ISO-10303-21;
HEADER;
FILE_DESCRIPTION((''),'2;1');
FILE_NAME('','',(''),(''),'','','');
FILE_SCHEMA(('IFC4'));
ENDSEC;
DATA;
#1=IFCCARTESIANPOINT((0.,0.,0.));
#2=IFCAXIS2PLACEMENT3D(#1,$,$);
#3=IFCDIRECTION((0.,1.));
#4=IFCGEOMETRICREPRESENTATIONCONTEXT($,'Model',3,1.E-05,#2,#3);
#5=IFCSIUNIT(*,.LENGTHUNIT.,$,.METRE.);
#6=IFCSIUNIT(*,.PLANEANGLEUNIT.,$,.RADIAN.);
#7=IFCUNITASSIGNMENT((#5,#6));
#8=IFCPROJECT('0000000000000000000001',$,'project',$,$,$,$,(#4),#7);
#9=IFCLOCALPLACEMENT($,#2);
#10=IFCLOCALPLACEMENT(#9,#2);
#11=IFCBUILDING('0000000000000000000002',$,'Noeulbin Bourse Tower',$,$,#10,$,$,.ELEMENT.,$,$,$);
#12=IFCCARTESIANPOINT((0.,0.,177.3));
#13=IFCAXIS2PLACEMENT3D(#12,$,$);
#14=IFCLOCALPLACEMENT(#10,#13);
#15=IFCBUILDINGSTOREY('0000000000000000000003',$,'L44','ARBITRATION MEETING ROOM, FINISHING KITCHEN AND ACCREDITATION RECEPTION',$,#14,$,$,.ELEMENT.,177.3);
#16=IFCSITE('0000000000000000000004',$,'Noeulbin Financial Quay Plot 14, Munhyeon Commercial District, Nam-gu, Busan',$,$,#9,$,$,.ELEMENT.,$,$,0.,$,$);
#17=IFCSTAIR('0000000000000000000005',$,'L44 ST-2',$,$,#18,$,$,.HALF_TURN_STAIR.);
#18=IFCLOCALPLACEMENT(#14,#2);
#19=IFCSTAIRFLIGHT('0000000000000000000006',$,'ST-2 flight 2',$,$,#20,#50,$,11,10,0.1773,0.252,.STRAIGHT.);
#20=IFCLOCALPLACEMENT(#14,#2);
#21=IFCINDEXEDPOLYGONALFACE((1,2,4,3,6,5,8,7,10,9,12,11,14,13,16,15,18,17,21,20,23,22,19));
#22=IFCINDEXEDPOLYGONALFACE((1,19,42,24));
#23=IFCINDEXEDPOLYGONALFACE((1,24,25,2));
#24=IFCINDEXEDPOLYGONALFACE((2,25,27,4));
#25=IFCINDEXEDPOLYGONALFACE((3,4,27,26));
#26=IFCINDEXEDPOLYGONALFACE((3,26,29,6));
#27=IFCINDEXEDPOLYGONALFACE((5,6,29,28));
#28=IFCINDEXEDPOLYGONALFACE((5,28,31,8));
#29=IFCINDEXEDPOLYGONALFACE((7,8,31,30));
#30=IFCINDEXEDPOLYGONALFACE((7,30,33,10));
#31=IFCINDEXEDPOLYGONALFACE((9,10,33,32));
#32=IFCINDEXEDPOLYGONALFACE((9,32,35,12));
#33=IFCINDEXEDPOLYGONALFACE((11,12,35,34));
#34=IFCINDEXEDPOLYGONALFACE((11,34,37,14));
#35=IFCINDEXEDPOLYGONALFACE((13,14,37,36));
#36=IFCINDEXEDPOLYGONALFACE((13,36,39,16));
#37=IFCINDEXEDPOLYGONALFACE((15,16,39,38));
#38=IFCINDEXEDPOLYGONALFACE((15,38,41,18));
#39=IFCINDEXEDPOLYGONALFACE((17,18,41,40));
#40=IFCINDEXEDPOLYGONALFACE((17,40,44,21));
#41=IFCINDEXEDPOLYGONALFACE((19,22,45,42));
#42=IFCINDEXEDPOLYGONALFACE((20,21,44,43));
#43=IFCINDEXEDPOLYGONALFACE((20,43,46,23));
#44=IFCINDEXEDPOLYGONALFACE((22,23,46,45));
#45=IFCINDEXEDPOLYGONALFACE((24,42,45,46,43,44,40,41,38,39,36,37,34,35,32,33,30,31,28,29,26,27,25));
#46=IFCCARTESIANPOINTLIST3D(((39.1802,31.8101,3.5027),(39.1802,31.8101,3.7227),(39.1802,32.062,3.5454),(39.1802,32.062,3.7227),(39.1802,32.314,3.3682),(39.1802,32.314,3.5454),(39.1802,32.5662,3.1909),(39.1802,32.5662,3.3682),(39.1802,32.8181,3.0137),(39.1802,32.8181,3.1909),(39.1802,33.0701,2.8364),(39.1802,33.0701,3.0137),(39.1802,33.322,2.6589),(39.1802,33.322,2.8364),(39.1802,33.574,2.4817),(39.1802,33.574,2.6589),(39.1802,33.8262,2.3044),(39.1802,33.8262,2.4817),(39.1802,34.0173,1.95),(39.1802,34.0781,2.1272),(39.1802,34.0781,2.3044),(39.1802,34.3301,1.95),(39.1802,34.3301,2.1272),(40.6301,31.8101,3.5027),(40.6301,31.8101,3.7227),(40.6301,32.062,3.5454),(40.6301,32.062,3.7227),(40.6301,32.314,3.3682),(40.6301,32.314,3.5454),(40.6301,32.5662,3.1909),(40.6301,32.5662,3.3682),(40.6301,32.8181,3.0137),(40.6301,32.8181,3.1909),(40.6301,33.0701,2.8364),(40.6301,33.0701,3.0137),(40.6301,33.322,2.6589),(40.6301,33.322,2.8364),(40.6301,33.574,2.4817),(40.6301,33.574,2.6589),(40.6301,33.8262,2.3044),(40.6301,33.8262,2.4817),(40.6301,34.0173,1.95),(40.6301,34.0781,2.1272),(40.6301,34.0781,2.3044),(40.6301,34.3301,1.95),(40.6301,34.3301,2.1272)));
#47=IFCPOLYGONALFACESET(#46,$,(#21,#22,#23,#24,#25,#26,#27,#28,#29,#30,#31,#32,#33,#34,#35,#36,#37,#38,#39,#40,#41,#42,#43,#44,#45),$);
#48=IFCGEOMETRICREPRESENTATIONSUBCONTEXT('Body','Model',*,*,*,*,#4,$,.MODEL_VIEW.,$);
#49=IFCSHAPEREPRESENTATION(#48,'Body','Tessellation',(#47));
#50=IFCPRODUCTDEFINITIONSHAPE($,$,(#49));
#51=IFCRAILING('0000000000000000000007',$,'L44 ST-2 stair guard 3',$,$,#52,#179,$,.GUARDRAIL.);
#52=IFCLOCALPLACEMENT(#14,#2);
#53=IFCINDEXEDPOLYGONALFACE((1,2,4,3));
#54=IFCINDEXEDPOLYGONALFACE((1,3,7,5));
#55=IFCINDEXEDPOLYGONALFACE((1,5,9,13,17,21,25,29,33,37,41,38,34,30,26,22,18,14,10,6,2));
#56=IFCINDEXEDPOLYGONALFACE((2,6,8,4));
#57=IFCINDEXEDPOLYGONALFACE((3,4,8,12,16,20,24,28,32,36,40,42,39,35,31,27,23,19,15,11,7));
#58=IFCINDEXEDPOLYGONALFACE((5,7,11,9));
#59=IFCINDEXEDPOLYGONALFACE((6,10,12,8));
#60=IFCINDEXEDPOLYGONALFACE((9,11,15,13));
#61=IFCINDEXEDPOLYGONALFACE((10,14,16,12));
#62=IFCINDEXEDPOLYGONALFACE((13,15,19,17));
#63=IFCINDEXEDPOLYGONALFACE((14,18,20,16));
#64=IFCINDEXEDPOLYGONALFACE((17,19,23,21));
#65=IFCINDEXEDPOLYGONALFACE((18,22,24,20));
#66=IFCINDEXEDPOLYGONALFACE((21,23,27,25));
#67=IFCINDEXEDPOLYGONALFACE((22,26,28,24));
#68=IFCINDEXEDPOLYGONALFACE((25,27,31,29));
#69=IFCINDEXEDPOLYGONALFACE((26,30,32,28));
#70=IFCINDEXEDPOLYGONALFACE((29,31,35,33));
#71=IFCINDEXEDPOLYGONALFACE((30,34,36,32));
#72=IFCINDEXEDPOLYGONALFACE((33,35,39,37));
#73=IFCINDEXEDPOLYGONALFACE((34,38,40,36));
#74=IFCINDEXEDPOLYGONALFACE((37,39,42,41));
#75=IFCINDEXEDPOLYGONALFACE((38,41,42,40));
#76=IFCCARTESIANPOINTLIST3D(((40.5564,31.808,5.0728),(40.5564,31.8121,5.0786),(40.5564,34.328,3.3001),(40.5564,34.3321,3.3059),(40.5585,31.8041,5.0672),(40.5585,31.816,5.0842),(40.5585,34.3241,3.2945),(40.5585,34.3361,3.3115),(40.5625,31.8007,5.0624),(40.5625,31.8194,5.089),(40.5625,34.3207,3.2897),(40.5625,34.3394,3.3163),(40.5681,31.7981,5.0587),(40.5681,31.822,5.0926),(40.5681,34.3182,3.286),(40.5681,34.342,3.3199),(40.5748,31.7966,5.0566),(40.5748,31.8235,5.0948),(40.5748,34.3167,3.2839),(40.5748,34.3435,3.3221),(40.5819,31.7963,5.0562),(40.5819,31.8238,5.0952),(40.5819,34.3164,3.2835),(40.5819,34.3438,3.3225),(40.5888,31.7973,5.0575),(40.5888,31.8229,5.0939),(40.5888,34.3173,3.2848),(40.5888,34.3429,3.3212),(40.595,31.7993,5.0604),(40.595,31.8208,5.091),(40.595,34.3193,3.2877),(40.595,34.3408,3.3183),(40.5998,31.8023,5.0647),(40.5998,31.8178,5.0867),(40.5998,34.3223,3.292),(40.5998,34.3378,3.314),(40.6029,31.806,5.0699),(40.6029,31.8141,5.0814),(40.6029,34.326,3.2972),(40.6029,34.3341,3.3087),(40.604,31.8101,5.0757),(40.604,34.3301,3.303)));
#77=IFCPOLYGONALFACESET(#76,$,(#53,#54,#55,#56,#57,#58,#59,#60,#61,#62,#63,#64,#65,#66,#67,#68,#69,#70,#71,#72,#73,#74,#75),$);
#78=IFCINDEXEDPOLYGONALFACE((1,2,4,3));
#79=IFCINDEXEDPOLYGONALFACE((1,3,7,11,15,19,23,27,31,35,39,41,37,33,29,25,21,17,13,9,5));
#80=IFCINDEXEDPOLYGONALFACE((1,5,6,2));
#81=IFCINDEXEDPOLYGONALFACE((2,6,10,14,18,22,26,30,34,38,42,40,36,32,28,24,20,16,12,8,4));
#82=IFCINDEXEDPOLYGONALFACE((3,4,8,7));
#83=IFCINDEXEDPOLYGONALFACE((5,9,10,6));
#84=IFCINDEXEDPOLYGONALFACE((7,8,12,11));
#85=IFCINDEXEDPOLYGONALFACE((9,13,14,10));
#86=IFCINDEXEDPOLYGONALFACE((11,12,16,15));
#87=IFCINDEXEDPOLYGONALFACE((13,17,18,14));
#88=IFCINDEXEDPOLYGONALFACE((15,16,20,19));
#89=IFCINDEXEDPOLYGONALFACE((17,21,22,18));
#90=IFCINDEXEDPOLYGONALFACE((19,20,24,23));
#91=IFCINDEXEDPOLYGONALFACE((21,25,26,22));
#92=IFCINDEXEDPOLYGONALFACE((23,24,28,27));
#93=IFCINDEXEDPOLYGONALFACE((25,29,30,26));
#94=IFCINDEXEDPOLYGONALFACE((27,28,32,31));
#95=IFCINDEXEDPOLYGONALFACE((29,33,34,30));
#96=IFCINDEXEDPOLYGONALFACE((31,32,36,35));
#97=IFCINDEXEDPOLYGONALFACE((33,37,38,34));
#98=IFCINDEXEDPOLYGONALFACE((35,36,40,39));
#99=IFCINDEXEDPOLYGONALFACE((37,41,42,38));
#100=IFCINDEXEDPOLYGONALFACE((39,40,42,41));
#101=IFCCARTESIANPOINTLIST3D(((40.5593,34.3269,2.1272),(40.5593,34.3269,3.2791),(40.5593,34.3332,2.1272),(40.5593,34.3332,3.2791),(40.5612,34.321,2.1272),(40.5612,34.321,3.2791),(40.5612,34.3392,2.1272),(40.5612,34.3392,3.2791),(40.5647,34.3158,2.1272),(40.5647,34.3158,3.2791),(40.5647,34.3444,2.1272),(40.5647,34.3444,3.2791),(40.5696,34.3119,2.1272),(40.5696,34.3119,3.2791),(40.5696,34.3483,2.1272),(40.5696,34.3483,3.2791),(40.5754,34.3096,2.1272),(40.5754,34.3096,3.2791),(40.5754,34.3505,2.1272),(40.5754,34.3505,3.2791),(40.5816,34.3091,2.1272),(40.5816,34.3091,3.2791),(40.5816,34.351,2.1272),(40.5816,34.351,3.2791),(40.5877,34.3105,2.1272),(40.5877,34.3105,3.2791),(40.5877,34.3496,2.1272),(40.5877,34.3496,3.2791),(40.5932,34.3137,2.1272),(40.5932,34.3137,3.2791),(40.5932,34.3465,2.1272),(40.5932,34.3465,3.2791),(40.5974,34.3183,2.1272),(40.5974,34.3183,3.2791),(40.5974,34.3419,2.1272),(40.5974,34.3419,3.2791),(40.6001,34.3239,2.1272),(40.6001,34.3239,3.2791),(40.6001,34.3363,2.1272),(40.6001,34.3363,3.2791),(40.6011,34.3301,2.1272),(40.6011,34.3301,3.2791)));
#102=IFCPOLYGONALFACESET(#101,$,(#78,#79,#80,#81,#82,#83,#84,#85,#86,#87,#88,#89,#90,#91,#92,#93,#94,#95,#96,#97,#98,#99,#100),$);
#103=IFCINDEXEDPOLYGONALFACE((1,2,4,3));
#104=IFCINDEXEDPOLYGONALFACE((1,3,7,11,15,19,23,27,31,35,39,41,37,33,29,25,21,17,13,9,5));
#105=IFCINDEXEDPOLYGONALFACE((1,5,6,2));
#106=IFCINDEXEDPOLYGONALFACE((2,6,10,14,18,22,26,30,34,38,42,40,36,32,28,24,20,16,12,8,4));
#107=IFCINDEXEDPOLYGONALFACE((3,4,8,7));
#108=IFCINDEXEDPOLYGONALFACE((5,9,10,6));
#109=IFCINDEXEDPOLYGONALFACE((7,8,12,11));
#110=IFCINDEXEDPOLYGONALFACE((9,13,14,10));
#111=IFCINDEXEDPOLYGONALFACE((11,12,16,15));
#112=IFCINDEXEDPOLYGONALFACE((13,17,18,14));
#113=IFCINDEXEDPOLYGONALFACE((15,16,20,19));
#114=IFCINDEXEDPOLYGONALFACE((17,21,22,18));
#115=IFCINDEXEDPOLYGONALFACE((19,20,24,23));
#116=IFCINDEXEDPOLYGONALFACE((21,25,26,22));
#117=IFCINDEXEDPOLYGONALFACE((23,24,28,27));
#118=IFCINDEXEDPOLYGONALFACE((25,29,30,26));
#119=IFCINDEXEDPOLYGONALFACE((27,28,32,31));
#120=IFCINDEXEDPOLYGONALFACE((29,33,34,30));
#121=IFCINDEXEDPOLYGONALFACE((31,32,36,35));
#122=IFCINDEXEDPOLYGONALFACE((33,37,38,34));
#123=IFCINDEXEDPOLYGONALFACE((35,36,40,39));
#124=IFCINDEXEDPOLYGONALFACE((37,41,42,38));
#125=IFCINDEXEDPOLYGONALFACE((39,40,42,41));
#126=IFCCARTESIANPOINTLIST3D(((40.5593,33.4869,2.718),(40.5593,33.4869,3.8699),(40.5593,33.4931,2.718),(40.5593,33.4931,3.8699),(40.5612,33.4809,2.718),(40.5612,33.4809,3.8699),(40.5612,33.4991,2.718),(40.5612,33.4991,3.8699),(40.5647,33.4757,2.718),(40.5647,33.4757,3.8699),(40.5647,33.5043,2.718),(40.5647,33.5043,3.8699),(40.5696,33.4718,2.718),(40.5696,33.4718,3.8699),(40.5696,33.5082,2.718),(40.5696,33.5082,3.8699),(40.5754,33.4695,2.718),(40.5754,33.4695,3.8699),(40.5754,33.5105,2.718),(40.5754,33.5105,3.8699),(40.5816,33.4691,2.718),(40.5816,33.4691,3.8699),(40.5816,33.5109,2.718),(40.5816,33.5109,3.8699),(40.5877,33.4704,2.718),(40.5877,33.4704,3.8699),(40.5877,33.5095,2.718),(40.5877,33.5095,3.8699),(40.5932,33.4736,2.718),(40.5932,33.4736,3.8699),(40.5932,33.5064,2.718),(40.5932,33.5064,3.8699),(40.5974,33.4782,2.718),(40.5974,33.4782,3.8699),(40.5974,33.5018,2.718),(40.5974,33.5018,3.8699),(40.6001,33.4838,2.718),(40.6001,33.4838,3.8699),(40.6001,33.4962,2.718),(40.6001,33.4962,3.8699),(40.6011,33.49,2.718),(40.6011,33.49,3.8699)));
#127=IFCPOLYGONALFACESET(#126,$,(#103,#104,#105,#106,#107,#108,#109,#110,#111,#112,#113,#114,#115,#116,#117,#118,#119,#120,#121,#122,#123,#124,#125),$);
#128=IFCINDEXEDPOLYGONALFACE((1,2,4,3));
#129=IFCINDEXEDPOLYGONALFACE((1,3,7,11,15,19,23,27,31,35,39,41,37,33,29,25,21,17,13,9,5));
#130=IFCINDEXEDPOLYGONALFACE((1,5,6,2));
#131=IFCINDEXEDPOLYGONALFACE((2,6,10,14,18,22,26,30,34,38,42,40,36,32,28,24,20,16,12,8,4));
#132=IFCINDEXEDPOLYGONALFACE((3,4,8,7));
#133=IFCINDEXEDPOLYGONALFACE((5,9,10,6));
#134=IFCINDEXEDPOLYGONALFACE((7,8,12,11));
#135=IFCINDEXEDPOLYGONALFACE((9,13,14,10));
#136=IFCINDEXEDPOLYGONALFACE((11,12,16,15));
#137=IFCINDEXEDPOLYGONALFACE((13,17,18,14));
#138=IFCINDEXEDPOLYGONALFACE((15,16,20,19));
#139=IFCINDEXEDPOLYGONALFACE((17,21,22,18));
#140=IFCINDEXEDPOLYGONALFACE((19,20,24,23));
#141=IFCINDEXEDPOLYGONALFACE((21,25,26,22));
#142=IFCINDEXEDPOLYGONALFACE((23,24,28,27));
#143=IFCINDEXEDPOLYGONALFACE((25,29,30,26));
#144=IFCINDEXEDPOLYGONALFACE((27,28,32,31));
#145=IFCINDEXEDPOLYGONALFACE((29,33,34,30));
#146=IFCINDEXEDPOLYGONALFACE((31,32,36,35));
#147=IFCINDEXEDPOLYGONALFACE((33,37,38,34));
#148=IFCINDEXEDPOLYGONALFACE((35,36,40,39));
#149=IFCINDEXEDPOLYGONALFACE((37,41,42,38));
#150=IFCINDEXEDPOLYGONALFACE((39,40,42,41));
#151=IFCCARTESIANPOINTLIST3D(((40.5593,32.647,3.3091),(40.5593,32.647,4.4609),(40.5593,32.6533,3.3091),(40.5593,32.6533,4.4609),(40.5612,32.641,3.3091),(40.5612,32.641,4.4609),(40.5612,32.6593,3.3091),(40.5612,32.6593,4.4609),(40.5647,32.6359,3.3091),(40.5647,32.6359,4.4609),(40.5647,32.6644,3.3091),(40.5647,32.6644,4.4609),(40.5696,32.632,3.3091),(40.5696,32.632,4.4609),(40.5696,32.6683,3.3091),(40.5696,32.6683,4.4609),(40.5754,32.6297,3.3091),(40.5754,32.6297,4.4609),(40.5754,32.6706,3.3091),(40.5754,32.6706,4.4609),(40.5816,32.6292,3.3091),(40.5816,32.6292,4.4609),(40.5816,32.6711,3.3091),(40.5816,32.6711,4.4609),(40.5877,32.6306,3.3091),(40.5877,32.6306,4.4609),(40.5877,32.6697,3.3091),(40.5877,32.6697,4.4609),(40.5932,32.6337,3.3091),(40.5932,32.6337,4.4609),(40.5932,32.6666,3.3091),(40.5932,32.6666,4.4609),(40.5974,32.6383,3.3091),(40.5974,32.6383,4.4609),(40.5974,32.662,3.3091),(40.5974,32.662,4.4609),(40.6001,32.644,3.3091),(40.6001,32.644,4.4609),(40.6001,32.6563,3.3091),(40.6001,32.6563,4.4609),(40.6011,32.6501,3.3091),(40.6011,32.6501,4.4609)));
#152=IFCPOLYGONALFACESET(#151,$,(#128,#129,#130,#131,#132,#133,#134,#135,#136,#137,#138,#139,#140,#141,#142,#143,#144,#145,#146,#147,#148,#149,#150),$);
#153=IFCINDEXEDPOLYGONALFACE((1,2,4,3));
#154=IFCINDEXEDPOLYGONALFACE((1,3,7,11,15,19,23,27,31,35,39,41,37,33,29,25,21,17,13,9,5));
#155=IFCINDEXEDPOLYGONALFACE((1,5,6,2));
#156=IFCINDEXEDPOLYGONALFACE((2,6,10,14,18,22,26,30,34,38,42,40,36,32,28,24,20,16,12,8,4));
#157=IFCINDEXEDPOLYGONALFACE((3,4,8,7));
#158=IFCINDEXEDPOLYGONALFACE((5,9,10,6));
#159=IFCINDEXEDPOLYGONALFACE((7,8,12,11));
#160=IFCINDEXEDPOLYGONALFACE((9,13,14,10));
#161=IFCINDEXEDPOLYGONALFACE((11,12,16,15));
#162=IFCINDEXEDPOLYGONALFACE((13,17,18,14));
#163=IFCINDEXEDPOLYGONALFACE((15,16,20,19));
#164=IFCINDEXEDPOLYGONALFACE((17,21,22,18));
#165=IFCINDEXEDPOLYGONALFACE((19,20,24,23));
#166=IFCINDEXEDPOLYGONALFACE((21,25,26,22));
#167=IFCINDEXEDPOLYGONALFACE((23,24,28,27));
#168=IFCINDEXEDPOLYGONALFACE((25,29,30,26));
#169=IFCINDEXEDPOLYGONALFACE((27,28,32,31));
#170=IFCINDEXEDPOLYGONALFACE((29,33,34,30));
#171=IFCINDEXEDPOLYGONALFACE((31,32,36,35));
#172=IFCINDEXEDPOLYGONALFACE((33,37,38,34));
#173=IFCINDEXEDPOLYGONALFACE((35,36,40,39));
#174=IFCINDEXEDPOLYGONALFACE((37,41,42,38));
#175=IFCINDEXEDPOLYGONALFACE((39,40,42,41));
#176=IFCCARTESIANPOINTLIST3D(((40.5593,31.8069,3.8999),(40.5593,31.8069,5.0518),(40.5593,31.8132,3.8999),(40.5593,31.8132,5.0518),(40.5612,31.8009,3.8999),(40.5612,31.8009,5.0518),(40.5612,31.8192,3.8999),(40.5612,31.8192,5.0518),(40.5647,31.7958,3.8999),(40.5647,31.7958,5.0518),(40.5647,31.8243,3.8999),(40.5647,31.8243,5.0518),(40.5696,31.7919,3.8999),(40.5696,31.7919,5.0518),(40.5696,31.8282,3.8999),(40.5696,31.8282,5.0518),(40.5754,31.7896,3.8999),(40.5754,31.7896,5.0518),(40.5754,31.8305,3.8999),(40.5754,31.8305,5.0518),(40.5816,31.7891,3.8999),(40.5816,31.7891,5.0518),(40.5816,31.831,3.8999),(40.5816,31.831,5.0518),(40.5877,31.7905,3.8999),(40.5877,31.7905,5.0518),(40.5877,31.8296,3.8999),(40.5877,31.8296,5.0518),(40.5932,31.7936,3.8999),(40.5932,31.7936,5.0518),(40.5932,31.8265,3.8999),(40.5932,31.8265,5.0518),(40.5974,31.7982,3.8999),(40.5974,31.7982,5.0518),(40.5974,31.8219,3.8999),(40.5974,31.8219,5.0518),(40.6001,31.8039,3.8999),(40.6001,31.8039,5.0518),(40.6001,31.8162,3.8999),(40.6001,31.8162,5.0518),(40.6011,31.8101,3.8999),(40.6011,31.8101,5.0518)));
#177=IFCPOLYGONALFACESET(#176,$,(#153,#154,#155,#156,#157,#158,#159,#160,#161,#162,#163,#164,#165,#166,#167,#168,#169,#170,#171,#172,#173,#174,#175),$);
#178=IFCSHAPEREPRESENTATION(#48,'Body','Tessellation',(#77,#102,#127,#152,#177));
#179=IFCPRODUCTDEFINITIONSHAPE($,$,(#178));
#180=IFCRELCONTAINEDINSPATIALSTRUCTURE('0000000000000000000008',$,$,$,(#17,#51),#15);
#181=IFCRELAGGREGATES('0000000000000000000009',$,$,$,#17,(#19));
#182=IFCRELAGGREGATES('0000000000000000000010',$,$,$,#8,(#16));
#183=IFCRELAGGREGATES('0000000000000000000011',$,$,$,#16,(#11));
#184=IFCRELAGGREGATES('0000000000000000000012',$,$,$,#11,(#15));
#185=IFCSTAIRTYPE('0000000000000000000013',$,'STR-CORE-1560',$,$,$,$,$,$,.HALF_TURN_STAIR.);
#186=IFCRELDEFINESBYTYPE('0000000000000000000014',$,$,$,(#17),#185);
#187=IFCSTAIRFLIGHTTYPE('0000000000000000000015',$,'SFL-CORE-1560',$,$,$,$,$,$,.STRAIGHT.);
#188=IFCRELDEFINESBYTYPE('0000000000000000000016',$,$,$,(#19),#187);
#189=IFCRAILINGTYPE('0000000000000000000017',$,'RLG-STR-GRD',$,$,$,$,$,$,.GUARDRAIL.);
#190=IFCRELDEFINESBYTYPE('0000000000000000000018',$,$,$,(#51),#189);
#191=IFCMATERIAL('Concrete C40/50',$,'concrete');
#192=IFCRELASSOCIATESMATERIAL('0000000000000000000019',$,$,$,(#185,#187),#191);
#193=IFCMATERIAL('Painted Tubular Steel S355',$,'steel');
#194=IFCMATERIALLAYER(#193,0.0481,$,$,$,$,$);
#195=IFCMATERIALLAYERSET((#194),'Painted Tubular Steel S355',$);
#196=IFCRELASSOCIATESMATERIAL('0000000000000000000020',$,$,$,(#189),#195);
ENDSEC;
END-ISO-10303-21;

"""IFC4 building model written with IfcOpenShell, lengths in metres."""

from ifc_helpers import new_model, si_unit, direction, frame, origin, origin_2d, place, context, subcontext, project, spatial, polyline, circle, outline, extrude, material, layer, layer_set, type_object, element, aggregate, save


model = new_model("IFC4")

# Units and contexts
model_context = context("Model", 3, precision=1e-05, world=origin(), true_north=direction((0.0, 1.0)))
body_context = subcontext(model_context, "Body", "Model", "MODEL_VIEW")
ifc_project = project(units=[si_unit("LENGTHUNIT", "METRE"), si_unit("PLANEANGLEUNIT", "RADIAN")], contexts=[model_context])

# Site, building, storey
site_placement = place(None, origin())
site = spatial("IfcSite", under=ifc_project, at=site_placement, Name="Noeulbin Financial Quay Plot 14, Munhyeon Commercial District, Nam-gu, Busan", CompositionType="ELEMENT", RefElevation=0.0)
building_placement = place(site_placement, origin())
building = spatial("IfcBuilding", under=site, at=building_placement, Name="Noeulbin Bourse Tower", CompositionType="ELEMENT")
storey_placement = place(building_placement, frame((0.0, 0.0, 177.3)))
storey = spatial("IfcBuildingStorey", under=building, at=storey_placement, Name="L44", Description="ARBITRATION MEETING ROOM, FINISHING KITCHEN AND ACCREDITATION RECEPTION", CompositionType="ELEMENT", Elevation=177.3)

# Shared definitions
ifc_material_1 = material(Name="Concrete C40/50", Category="concrete")

# Stair, stair flight
stair_type = type_object("IfcStairType", Name="STR-CORE-1560", PredefinedType="HALF_TURN_STAIR", material=ifc_material_1)
stair_placement = place(storey_placement, origin())
stair = element("IfcStair", 1, at=stair_placement, inside=storey, type_object=stair_type, Name="L44 ST-2", PredefinedType="HALF_TURN_STAIR")
stair_flight_type = type_object("IfcStairFlightType", Name="SFL-CORE-1560", PredefinedType="STRAIGHT", material=ifc_material_1)
stair_flight_placement = place(storey_placement, frame((39.905, 34.3301, 1.95), z_axis=(0.0, 0.0, 1.0), x_axis=(0.0, -1.0, 0.0)))
stair_flight = element("IfcStairFlight", 2, at=stair_flight_placement, type_object=stair_flight_type, Name="ST-2 flight 2", NumberOfRisers=11, NumberOfTreads=10, PredefinedType="STRAIGHT", RiserHeight=0.1773, TreadLength=0.252, context=body_context, shape_type="SweptSolid", body=[
    extrude(outline(polyline([(0.0, 0.0), (0.0, 0.1772), (0.252, 0.1772), (0.252, 0.3545), (0.5039, 0.3545), (0.5039, 0.5317), (0.7561, 0.5317), (0.7561, 0.709), (1.0081, 0.709), (1.0081, 0.8865), (1.26, 0.8865), (1.26, 1.0637), (1.512, 1.0637), (1.512, 1.241), (1.7639, 1.241), (1.7639, 1.4182), (2.0161, 1.4182), (2.0161, 1.5955), (2.2681, 1.5955), (2.2681, 1.7727), (2.52, 1.7727), (2.52, 1.95), (2.52, 1.5527), (0.3127, 0.0), (0.0, 0.0)])), frame((0.0, 0.7251, 0.0), z_axis=(0.0, -1.0, 0.0), x_axis=(1.0, 0.0, 0.0)), (0.0, 0.0, 1.0), 1.45),
])
aggregate(stair, [stair_flight])

# Railing
ifc_material_2 = material(Name="Painted Tubular Steel S355", Category="steel")
ifc_layer_1 = layer(ifc_material_2, 0.0481)
ifc_layer_set_1 = layer_set([ifc_layer_1], Name="Painted Tubular Steel S355")
railing_type_1 = type_object("IfcRailingType", Name="RLG-STR-GRD", PredefinedType="GUARDRAIL", material=ifc_layer_set_1)
railing_1_placement = place(storey_placement, frame((40.5801, 34.3301, 2.1272)))
element("IfcRailing", 3, at=railing_1_placement, inside=storey, type_object=railing_type_1, Name="L44 ST-2 stair guard 3", PredefinedType="GUARDRAIL", context=body_context, shape_type="SweptSolid", body=[
    extrude(circle(Radius=0.0239, at=origin_2d()), frame((0.0, 0.0, 1.1758), z_axis=(0.0, -0.817904, 0.575354), x_axis=(1.0, 0.0, 0.0)), (0.0, 0.0, 1.0), 3.0811),
    extrude(circle(Radius=0.021, at=origin_2d()), origin(), (0.0, 0.0, 1.0), 1.1519),
    extrude(circle(Radius=0.021, at=origin_2d()), frame((0.0, -0.8401, 0.5908)), (0.0, 0.0, 1.0), 1.1519),
    extrude(circle(Radius=0.021, at=origin_2d()), frame((0.0, -1.6799, 1.1819)), (0.0, 0.0, 1.0), 1.1519),
    extrude(circle(Radius=0.021, at=origin_2d()), frame((0.0, -2.52, 1.7727)), (0.0, 0.0, 1.0), 1.1519),
])

save(model, "model.ifc")
